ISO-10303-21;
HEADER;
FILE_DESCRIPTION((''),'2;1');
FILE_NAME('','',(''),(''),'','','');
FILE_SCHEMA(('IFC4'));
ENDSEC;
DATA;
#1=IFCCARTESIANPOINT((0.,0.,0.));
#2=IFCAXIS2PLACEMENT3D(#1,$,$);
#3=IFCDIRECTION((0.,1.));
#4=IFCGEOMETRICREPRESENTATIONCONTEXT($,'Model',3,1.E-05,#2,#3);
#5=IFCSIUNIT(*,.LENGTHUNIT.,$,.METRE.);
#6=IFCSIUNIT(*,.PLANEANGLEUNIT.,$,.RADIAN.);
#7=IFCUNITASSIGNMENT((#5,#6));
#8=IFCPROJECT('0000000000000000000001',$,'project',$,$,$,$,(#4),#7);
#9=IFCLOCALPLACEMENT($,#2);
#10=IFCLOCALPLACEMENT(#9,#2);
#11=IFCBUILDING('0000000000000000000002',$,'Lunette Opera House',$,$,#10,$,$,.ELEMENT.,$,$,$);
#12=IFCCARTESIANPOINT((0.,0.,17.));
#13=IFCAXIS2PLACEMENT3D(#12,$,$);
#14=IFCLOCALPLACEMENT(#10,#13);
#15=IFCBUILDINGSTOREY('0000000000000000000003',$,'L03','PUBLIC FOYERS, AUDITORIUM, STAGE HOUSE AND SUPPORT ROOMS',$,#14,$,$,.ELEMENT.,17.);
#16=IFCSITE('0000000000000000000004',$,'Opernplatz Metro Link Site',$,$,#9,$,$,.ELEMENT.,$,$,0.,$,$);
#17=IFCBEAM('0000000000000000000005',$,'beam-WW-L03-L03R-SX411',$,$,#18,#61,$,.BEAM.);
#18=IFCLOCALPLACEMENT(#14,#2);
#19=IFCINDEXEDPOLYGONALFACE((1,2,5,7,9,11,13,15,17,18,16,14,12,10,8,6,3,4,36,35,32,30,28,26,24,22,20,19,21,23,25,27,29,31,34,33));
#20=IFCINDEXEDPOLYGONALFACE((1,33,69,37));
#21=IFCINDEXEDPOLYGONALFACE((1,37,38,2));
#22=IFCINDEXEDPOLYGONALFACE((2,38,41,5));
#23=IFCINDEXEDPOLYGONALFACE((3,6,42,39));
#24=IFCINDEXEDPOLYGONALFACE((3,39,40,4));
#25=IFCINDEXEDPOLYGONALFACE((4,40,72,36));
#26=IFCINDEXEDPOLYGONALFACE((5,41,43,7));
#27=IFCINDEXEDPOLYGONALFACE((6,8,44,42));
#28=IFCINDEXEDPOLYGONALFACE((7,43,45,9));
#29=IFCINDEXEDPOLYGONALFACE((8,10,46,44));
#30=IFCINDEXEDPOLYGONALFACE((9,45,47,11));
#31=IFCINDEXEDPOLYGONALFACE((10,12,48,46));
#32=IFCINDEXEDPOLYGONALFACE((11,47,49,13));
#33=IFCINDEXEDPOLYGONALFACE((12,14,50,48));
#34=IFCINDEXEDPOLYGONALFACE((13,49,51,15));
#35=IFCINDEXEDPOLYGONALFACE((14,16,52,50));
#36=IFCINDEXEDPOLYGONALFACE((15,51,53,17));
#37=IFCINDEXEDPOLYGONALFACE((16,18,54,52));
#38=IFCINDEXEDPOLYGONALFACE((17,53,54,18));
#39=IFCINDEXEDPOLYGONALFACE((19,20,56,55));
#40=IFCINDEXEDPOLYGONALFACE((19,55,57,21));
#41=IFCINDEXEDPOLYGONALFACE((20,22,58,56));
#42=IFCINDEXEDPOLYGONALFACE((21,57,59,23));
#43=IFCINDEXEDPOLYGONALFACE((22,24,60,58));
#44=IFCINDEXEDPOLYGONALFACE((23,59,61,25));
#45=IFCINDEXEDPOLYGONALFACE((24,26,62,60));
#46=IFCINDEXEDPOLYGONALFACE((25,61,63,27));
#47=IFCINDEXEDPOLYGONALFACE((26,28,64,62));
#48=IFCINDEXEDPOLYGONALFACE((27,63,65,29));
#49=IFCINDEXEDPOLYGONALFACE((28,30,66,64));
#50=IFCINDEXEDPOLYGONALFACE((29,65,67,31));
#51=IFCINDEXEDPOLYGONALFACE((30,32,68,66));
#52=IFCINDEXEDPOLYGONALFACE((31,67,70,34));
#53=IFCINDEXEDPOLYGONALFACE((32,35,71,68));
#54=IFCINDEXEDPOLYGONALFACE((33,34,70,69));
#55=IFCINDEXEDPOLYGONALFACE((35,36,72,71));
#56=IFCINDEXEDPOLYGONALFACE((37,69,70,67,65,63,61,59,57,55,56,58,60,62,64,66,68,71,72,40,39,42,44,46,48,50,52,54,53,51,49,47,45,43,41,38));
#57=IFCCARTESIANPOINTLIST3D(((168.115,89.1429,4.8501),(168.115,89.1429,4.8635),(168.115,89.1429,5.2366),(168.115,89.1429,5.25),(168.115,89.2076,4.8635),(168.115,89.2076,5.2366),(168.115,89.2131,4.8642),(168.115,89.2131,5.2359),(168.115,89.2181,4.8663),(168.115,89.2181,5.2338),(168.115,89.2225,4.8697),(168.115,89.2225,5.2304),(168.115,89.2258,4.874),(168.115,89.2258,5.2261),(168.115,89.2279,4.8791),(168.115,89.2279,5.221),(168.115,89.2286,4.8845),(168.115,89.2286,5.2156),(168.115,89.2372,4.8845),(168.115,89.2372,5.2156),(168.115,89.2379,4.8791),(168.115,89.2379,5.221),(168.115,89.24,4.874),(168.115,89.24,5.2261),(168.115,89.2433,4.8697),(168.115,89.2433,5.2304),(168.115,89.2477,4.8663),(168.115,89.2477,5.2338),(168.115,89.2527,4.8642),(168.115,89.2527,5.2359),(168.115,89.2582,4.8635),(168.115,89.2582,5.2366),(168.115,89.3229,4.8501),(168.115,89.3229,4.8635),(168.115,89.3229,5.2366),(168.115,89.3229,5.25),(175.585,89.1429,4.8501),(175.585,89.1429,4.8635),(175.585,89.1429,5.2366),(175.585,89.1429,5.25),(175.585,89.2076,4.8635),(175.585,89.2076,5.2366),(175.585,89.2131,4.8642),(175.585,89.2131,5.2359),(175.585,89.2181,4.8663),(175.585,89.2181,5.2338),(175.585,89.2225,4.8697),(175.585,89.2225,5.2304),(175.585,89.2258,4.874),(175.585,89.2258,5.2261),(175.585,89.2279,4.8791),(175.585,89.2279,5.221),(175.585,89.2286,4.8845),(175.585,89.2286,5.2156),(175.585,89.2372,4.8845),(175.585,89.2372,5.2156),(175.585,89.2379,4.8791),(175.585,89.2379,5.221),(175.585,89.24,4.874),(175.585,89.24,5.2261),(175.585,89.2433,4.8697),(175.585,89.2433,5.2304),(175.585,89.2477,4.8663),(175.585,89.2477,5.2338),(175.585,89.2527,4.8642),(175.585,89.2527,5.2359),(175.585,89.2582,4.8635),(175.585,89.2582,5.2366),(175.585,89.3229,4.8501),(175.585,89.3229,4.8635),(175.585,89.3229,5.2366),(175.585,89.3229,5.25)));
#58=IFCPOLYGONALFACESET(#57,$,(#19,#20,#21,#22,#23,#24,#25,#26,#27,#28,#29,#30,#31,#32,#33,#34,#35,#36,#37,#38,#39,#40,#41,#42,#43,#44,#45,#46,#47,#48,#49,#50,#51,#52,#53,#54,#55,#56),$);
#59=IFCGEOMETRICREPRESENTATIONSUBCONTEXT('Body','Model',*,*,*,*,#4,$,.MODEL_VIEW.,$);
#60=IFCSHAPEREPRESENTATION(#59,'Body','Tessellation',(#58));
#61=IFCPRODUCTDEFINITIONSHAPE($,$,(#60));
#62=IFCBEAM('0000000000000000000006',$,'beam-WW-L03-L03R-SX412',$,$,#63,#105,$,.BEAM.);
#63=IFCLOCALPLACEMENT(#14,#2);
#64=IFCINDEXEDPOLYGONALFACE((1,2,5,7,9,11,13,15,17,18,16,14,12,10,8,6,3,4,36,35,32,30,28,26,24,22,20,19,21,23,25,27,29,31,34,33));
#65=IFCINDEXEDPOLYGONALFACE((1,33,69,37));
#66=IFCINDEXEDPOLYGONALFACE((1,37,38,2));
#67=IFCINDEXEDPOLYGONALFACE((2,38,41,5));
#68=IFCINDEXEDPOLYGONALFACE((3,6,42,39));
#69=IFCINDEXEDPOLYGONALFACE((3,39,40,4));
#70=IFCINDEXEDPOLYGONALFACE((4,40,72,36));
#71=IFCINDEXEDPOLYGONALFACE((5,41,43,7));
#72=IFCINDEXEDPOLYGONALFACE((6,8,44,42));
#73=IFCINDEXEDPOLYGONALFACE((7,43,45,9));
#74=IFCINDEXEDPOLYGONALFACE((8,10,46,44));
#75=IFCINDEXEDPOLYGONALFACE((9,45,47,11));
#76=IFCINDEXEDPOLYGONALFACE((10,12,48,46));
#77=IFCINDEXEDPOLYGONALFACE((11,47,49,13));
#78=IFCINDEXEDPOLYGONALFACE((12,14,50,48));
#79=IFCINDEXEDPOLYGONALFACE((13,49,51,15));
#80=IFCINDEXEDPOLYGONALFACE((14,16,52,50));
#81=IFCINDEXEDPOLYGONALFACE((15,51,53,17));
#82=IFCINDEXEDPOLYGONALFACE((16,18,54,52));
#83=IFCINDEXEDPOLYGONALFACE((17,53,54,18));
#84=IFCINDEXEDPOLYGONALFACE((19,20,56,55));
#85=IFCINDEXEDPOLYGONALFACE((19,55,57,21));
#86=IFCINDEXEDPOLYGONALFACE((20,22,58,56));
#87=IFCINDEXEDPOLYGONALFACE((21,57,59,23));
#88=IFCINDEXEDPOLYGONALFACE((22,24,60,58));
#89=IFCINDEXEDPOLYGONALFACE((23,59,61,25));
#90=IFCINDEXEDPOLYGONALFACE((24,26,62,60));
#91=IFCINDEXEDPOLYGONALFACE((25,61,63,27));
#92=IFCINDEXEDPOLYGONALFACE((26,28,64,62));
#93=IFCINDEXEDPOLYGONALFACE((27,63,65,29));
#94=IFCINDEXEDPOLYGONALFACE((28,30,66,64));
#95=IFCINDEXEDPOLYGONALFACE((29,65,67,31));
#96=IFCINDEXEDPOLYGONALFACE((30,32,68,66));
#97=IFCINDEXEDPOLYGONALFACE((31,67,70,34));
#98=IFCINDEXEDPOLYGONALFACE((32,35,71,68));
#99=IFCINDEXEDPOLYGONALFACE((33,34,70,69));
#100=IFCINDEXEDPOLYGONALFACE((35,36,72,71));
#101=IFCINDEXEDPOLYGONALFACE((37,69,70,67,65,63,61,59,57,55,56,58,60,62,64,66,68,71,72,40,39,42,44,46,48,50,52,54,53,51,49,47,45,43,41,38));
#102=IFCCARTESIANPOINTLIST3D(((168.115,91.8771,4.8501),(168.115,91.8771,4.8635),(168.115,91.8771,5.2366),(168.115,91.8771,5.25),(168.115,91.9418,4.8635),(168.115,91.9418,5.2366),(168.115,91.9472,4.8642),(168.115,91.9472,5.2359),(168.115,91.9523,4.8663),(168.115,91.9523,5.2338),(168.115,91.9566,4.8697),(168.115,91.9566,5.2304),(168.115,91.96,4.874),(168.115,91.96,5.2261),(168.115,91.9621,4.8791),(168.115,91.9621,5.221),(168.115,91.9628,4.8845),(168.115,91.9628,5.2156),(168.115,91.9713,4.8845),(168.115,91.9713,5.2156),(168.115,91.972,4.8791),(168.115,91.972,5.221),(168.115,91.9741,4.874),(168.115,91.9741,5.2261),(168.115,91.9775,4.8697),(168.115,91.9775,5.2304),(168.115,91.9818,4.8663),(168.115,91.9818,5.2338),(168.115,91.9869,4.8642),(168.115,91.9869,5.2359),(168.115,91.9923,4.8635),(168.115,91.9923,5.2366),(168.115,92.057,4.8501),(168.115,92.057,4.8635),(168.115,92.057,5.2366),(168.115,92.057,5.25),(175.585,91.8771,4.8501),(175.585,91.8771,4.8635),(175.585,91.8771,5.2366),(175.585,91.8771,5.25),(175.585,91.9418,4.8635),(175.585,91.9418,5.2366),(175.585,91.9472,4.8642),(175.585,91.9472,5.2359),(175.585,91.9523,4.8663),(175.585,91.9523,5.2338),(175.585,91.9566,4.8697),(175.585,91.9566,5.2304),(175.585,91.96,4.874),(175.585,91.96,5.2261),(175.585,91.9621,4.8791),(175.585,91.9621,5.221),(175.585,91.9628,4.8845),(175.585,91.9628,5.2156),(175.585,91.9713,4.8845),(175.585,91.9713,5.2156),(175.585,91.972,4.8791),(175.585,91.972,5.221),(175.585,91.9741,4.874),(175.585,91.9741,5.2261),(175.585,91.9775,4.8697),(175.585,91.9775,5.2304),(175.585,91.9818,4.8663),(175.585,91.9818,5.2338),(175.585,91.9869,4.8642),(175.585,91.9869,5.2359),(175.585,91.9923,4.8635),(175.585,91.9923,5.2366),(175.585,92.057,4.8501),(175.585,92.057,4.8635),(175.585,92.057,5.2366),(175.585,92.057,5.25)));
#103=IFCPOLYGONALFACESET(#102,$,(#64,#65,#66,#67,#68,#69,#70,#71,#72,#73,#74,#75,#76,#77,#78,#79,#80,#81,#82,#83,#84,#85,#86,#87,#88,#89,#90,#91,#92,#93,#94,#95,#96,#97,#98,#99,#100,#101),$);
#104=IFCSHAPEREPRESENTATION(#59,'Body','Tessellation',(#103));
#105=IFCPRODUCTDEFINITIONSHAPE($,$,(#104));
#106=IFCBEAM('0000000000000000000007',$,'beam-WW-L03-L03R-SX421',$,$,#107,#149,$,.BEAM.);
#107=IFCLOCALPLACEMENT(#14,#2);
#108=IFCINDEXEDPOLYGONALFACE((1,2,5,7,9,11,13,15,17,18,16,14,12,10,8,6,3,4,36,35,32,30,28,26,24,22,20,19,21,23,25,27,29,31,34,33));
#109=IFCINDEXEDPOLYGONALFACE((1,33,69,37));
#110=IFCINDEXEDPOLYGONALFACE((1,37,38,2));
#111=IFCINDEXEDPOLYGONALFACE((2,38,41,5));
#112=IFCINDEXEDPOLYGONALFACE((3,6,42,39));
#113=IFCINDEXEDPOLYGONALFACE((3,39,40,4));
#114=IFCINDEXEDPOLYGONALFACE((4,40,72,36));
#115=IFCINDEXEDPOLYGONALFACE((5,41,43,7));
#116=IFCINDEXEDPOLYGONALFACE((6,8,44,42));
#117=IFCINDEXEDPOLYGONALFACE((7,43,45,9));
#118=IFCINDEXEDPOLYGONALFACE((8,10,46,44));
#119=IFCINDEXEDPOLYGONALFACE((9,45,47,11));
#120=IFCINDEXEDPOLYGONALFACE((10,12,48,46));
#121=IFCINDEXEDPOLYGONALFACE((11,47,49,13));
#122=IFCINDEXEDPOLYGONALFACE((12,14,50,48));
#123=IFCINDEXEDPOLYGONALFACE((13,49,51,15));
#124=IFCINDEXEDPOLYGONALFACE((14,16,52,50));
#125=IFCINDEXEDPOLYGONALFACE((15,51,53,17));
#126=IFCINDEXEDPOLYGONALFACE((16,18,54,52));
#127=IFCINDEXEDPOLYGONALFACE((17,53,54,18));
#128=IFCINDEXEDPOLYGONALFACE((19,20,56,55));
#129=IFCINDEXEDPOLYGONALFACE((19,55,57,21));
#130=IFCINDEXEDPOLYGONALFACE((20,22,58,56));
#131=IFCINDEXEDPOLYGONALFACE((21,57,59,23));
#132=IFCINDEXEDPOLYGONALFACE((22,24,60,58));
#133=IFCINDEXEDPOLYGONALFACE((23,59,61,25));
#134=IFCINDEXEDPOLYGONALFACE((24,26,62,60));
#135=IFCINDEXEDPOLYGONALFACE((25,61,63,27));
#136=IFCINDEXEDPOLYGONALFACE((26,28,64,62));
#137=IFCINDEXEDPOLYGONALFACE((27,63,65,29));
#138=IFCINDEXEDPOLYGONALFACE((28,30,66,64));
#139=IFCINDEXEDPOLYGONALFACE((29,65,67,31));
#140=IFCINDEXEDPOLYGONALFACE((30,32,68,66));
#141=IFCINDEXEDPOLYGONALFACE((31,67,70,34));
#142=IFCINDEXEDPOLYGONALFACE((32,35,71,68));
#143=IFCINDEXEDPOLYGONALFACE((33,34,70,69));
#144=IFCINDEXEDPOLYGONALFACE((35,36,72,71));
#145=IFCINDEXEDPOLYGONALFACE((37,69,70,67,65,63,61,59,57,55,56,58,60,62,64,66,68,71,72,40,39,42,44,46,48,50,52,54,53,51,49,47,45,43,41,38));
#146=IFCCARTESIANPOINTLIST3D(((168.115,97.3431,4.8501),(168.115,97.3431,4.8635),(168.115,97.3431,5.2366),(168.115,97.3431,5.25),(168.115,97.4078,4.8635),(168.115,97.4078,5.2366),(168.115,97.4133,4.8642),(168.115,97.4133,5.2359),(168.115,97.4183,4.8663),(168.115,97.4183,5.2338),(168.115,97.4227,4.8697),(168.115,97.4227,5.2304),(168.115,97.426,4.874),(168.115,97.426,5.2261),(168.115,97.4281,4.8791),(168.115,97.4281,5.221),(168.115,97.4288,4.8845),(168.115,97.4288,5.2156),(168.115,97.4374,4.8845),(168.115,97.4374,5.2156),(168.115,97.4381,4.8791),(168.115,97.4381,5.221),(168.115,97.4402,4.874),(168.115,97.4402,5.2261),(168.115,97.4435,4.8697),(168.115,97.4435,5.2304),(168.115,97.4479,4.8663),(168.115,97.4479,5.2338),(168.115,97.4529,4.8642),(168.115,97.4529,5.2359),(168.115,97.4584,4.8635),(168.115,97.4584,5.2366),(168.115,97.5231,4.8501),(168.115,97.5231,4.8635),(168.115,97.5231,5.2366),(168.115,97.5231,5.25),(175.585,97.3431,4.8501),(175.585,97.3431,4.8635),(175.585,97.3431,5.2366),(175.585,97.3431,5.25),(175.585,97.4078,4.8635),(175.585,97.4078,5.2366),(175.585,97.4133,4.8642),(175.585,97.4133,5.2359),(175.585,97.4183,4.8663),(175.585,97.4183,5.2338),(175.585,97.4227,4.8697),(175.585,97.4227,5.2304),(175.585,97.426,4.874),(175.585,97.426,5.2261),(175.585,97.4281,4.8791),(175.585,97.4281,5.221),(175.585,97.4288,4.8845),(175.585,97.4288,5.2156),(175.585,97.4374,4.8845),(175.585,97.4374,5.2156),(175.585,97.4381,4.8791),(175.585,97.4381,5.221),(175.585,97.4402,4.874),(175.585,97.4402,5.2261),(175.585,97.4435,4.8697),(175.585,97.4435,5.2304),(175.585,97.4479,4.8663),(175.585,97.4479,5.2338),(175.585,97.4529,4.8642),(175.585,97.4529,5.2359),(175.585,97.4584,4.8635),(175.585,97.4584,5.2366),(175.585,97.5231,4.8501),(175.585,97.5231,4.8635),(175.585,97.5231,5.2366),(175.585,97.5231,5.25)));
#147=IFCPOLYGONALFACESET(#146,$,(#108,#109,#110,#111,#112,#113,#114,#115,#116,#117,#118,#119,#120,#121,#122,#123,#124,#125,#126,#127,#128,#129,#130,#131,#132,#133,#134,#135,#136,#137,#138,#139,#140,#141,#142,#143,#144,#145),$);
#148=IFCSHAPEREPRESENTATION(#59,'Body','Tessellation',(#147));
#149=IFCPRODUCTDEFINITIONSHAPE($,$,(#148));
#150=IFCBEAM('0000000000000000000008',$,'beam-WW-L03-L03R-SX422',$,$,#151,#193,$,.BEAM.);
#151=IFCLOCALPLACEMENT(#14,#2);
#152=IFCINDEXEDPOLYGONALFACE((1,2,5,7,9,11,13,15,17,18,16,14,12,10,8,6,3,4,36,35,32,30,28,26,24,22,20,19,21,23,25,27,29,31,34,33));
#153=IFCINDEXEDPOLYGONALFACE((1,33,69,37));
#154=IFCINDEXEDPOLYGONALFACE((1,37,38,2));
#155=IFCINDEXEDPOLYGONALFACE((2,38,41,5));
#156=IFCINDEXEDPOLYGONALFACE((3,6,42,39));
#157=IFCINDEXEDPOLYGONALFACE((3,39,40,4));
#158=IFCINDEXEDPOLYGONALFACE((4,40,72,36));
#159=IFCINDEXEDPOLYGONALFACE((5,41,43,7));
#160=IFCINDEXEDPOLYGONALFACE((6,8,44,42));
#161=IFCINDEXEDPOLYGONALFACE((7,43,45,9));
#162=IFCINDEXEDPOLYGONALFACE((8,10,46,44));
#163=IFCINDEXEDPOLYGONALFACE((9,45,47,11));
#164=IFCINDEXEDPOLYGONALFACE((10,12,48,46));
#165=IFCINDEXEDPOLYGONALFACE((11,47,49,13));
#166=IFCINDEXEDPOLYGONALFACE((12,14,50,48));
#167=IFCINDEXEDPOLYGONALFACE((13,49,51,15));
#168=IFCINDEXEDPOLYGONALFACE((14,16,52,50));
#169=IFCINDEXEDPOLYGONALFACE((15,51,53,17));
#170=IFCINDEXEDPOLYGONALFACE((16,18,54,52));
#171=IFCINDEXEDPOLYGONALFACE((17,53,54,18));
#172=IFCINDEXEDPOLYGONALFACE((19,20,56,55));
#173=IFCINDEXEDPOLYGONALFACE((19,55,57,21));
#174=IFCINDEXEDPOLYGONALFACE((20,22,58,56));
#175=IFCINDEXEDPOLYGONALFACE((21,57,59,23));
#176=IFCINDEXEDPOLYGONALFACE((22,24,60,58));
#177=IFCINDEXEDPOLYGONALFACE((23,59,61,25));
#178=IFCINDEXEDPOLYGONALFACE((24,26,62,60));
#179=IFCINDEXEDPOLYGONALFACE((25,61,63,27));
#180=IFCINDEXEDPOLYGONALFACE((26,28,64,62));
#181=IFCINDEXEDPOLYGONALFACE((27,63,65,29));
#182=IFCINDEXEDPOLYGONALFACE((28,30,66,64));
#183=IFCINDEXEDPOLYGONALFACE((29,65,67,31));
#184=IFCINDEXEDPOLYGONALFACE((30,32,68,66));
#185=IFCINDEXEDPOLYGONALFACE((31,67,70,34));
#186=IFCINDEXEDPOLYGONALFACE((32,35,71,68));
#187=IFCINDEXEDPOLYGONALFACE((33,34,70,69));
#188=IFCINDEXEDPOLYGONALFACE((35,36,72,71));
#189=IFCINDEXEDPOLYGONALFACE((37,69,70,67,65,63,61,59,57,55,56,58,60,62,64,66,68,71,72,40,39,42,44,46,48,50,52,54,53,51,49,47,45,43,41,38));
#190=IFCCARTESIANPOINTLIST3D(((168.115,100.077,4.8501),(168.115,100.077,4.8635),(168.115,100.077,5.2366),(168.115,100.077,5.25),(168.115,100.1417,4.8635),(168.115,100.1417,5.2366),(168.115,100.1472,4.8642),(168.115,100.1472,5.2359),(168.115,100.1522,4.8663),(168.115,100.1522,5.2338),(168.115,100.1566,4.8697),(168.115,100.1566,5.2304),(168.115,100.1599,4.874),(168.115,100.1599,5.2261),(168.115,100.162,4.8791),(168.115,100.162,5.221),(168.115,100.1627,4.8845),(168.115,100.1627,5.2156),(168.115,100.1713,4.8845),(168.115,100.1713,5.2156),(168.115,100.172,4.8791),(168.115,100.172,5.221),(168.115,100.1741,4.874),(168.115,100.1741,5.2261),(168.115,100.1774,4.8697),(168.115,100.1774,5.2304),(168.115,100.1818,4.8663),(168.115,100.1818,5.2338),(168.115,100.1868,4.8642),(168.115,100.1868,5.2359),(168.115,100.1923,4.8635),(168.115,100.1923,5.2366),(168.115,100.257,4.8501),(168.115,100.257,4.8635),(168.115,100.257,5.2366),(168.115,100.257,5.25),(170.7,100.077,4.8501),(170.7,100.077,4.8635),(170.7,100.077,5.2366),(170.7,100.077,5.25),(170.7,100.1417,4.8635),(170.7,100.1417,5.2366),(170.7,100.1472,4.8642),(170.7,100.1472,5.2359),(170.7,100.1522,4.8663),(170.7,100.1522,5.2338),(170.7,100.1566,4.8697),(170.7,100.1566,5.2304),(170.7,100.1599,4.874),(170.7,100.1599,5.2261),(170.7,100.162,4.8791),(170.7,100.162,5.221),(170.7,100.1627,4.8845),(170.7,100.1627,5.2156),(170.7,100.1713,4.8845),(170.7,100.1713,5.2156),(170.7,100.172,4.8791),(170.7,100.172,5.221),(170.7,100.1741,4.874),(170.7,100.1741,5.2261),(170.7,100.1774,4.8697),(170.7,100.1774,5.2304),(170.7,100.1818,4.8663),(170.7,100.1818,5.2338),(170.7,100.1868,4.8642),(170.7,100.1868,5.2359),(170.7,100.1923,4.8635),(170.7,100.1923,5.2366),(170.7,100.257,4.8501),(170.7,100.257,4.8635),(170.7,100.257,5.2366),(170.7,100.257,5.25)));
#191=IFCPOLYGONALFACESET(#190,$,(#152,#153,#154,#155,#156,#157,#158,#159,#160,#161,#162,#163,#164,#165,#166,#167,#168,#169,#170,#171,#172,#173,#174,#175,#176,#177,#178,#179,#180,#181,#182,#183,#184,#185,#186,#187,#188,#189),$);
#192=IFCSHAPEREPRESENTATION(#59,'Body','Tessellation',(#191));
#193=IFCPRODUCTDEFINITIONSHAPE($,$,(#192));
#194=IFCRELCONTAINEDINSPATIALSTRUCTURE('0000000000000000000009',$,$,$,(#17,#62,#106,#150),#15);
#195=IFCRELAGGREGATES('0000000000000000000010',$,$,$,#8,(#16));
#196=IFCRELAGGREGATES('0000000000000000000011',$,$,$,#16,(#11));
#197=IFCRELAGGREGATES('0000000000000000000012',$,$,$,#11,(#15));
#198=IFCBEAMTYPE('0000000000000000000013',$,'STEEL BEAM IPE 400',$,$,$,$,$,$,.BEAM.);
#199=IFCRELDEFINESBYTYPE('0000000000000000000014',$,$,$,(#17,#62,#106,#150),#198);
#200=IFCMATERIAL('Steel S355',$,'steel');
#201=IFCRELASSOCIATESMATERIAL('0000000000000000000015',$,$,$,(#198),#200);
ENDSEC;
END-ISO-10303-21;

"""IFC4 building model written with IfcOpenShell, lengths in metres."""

from ifc_helpers import new_model, si_unit, direction, frame, origin, origin_2d, place, context, subcontext, project, spatial, i_section, extrude, material, material_profile, profile_set, type_object, element, save


model = new_model("IFC4")

# Units and contexts
model_context = context("Model", 3, precision=1e-05, world=origin(), true_north=direction((0.0, 1.0)))
body_context = subcontext(model_context, "Body", "Model", "MODEL_VIEW")
ifc_project = project(units=[si_unit("LENGTHUNIT", "METRE"), si_unit("PLANEANGLEUNIT", "RADIAN")], contexts=[model_context])

# Site, building, storey
site_placement = place(None, origin())
site = spatial("IfcSite", under=ifc_project, at=site_placement, Name="Opernplatz Metro Link Site", CompositionType="ELEMENT", RefElevation=0.0)
building_placement = place(site_placement, origin())
building = spatial("IfcBuilding", under=site, at=building_placement, Name="Lunette Opera House", CompositionType="ELEMENT")
storey_placement = place(building_placement, frame((0.0, 0.0, 17.0)))
storey = spatial("IfcBuildingStorey", under=building, at=storey_placement, Name="L03", Description="PUBLIC FOYERS, AUDITORIUM, STAGE HOUSE AND SUPPORT ROOMS", CompositionType="ELEMENT", Elevation=17.0)

# Beams
ifc_material_1 = material(Name="Steel S355", Category="steel")
ifc_material_profile_1 = material_profile(ifc_material_1, i_section(OverallWidth=0.1799, OverallDepth=0.3999, WebThickness=0.0085, FlangeThickness=0.0134, FilletRadius=0.021, at=origin_2d()), Name="IPE 400")
ifc_profile_set_1 = profile_set([ifc_material_profile_1], Name="Steel S355")
beam_type_1 = type_object("IfcBeamType", Name="STEEL BEAM IPE 400", PredefinedType="BEAM", material=ifc_profile_set_1)
for number, where, z_axis, x_axis, name in (
    (1, (168.115, 89.2329, 5.05), (1.0, 0.0, 0.0), (0.0, 1.0, 0.0), "beam-WW-L03-L03R-SX411"),
    (2, (168.115, 91.967, 5.05), (1.0, 0.0, 0.0), (0.0, 1.0, 0.0), "beam-WW-L03-L03R-SX412"),
    (3, (168.115, 97.4331, 5.05), (1.0, 0.0, 0.0), (0.0, 1.0, 0.0), "beam-WW-L03-L03R-SX421"),
):
    element("IfcBeam", number, at=place(storey_placement, frame(where, z_axis=z_axis, x_axis=x_axis)), inside=storey, type_object=beam_type_1, Name=name, PredefinedType="BEAM", context=body_context, shape_type="SweptSolid", body=[
        extrude(i_section(OverallWidth=0.1799, OverallDepth=0.3999, WebThickness=0.0085, FlangeThickness=0.0134, FilletRadius=0.021, at=origin_2d()), origin(), (0.0, 0.0, 1.0), 7.47),
    ])
beam_1_placement = place(storey_placement, frame((168.115, 100.167, 5.05), z_axis=(1.0, 0.0, 0.0), x_axis=(0.0, 1.0, 0.0)))
element("IfcBeam", 4, at=beam_1_placement, inside=storey, type_object=beam_type_1, Name="beam-WW-L03-L03R-SX422", PredefinedType="BEAM", context=body_context, shape_type="SweptSolid", body=[
    extrude(i_section(OverallWidth=0.1799, OverallDepth=0.3999, WebThickness=0.0085, FlangeThickness=0.0134, FilletRadius=0.021, at=origin_2d()), origin(), (0.0, 0.0, 1.0), 2.585),
])

save(model, "model.ifc")
